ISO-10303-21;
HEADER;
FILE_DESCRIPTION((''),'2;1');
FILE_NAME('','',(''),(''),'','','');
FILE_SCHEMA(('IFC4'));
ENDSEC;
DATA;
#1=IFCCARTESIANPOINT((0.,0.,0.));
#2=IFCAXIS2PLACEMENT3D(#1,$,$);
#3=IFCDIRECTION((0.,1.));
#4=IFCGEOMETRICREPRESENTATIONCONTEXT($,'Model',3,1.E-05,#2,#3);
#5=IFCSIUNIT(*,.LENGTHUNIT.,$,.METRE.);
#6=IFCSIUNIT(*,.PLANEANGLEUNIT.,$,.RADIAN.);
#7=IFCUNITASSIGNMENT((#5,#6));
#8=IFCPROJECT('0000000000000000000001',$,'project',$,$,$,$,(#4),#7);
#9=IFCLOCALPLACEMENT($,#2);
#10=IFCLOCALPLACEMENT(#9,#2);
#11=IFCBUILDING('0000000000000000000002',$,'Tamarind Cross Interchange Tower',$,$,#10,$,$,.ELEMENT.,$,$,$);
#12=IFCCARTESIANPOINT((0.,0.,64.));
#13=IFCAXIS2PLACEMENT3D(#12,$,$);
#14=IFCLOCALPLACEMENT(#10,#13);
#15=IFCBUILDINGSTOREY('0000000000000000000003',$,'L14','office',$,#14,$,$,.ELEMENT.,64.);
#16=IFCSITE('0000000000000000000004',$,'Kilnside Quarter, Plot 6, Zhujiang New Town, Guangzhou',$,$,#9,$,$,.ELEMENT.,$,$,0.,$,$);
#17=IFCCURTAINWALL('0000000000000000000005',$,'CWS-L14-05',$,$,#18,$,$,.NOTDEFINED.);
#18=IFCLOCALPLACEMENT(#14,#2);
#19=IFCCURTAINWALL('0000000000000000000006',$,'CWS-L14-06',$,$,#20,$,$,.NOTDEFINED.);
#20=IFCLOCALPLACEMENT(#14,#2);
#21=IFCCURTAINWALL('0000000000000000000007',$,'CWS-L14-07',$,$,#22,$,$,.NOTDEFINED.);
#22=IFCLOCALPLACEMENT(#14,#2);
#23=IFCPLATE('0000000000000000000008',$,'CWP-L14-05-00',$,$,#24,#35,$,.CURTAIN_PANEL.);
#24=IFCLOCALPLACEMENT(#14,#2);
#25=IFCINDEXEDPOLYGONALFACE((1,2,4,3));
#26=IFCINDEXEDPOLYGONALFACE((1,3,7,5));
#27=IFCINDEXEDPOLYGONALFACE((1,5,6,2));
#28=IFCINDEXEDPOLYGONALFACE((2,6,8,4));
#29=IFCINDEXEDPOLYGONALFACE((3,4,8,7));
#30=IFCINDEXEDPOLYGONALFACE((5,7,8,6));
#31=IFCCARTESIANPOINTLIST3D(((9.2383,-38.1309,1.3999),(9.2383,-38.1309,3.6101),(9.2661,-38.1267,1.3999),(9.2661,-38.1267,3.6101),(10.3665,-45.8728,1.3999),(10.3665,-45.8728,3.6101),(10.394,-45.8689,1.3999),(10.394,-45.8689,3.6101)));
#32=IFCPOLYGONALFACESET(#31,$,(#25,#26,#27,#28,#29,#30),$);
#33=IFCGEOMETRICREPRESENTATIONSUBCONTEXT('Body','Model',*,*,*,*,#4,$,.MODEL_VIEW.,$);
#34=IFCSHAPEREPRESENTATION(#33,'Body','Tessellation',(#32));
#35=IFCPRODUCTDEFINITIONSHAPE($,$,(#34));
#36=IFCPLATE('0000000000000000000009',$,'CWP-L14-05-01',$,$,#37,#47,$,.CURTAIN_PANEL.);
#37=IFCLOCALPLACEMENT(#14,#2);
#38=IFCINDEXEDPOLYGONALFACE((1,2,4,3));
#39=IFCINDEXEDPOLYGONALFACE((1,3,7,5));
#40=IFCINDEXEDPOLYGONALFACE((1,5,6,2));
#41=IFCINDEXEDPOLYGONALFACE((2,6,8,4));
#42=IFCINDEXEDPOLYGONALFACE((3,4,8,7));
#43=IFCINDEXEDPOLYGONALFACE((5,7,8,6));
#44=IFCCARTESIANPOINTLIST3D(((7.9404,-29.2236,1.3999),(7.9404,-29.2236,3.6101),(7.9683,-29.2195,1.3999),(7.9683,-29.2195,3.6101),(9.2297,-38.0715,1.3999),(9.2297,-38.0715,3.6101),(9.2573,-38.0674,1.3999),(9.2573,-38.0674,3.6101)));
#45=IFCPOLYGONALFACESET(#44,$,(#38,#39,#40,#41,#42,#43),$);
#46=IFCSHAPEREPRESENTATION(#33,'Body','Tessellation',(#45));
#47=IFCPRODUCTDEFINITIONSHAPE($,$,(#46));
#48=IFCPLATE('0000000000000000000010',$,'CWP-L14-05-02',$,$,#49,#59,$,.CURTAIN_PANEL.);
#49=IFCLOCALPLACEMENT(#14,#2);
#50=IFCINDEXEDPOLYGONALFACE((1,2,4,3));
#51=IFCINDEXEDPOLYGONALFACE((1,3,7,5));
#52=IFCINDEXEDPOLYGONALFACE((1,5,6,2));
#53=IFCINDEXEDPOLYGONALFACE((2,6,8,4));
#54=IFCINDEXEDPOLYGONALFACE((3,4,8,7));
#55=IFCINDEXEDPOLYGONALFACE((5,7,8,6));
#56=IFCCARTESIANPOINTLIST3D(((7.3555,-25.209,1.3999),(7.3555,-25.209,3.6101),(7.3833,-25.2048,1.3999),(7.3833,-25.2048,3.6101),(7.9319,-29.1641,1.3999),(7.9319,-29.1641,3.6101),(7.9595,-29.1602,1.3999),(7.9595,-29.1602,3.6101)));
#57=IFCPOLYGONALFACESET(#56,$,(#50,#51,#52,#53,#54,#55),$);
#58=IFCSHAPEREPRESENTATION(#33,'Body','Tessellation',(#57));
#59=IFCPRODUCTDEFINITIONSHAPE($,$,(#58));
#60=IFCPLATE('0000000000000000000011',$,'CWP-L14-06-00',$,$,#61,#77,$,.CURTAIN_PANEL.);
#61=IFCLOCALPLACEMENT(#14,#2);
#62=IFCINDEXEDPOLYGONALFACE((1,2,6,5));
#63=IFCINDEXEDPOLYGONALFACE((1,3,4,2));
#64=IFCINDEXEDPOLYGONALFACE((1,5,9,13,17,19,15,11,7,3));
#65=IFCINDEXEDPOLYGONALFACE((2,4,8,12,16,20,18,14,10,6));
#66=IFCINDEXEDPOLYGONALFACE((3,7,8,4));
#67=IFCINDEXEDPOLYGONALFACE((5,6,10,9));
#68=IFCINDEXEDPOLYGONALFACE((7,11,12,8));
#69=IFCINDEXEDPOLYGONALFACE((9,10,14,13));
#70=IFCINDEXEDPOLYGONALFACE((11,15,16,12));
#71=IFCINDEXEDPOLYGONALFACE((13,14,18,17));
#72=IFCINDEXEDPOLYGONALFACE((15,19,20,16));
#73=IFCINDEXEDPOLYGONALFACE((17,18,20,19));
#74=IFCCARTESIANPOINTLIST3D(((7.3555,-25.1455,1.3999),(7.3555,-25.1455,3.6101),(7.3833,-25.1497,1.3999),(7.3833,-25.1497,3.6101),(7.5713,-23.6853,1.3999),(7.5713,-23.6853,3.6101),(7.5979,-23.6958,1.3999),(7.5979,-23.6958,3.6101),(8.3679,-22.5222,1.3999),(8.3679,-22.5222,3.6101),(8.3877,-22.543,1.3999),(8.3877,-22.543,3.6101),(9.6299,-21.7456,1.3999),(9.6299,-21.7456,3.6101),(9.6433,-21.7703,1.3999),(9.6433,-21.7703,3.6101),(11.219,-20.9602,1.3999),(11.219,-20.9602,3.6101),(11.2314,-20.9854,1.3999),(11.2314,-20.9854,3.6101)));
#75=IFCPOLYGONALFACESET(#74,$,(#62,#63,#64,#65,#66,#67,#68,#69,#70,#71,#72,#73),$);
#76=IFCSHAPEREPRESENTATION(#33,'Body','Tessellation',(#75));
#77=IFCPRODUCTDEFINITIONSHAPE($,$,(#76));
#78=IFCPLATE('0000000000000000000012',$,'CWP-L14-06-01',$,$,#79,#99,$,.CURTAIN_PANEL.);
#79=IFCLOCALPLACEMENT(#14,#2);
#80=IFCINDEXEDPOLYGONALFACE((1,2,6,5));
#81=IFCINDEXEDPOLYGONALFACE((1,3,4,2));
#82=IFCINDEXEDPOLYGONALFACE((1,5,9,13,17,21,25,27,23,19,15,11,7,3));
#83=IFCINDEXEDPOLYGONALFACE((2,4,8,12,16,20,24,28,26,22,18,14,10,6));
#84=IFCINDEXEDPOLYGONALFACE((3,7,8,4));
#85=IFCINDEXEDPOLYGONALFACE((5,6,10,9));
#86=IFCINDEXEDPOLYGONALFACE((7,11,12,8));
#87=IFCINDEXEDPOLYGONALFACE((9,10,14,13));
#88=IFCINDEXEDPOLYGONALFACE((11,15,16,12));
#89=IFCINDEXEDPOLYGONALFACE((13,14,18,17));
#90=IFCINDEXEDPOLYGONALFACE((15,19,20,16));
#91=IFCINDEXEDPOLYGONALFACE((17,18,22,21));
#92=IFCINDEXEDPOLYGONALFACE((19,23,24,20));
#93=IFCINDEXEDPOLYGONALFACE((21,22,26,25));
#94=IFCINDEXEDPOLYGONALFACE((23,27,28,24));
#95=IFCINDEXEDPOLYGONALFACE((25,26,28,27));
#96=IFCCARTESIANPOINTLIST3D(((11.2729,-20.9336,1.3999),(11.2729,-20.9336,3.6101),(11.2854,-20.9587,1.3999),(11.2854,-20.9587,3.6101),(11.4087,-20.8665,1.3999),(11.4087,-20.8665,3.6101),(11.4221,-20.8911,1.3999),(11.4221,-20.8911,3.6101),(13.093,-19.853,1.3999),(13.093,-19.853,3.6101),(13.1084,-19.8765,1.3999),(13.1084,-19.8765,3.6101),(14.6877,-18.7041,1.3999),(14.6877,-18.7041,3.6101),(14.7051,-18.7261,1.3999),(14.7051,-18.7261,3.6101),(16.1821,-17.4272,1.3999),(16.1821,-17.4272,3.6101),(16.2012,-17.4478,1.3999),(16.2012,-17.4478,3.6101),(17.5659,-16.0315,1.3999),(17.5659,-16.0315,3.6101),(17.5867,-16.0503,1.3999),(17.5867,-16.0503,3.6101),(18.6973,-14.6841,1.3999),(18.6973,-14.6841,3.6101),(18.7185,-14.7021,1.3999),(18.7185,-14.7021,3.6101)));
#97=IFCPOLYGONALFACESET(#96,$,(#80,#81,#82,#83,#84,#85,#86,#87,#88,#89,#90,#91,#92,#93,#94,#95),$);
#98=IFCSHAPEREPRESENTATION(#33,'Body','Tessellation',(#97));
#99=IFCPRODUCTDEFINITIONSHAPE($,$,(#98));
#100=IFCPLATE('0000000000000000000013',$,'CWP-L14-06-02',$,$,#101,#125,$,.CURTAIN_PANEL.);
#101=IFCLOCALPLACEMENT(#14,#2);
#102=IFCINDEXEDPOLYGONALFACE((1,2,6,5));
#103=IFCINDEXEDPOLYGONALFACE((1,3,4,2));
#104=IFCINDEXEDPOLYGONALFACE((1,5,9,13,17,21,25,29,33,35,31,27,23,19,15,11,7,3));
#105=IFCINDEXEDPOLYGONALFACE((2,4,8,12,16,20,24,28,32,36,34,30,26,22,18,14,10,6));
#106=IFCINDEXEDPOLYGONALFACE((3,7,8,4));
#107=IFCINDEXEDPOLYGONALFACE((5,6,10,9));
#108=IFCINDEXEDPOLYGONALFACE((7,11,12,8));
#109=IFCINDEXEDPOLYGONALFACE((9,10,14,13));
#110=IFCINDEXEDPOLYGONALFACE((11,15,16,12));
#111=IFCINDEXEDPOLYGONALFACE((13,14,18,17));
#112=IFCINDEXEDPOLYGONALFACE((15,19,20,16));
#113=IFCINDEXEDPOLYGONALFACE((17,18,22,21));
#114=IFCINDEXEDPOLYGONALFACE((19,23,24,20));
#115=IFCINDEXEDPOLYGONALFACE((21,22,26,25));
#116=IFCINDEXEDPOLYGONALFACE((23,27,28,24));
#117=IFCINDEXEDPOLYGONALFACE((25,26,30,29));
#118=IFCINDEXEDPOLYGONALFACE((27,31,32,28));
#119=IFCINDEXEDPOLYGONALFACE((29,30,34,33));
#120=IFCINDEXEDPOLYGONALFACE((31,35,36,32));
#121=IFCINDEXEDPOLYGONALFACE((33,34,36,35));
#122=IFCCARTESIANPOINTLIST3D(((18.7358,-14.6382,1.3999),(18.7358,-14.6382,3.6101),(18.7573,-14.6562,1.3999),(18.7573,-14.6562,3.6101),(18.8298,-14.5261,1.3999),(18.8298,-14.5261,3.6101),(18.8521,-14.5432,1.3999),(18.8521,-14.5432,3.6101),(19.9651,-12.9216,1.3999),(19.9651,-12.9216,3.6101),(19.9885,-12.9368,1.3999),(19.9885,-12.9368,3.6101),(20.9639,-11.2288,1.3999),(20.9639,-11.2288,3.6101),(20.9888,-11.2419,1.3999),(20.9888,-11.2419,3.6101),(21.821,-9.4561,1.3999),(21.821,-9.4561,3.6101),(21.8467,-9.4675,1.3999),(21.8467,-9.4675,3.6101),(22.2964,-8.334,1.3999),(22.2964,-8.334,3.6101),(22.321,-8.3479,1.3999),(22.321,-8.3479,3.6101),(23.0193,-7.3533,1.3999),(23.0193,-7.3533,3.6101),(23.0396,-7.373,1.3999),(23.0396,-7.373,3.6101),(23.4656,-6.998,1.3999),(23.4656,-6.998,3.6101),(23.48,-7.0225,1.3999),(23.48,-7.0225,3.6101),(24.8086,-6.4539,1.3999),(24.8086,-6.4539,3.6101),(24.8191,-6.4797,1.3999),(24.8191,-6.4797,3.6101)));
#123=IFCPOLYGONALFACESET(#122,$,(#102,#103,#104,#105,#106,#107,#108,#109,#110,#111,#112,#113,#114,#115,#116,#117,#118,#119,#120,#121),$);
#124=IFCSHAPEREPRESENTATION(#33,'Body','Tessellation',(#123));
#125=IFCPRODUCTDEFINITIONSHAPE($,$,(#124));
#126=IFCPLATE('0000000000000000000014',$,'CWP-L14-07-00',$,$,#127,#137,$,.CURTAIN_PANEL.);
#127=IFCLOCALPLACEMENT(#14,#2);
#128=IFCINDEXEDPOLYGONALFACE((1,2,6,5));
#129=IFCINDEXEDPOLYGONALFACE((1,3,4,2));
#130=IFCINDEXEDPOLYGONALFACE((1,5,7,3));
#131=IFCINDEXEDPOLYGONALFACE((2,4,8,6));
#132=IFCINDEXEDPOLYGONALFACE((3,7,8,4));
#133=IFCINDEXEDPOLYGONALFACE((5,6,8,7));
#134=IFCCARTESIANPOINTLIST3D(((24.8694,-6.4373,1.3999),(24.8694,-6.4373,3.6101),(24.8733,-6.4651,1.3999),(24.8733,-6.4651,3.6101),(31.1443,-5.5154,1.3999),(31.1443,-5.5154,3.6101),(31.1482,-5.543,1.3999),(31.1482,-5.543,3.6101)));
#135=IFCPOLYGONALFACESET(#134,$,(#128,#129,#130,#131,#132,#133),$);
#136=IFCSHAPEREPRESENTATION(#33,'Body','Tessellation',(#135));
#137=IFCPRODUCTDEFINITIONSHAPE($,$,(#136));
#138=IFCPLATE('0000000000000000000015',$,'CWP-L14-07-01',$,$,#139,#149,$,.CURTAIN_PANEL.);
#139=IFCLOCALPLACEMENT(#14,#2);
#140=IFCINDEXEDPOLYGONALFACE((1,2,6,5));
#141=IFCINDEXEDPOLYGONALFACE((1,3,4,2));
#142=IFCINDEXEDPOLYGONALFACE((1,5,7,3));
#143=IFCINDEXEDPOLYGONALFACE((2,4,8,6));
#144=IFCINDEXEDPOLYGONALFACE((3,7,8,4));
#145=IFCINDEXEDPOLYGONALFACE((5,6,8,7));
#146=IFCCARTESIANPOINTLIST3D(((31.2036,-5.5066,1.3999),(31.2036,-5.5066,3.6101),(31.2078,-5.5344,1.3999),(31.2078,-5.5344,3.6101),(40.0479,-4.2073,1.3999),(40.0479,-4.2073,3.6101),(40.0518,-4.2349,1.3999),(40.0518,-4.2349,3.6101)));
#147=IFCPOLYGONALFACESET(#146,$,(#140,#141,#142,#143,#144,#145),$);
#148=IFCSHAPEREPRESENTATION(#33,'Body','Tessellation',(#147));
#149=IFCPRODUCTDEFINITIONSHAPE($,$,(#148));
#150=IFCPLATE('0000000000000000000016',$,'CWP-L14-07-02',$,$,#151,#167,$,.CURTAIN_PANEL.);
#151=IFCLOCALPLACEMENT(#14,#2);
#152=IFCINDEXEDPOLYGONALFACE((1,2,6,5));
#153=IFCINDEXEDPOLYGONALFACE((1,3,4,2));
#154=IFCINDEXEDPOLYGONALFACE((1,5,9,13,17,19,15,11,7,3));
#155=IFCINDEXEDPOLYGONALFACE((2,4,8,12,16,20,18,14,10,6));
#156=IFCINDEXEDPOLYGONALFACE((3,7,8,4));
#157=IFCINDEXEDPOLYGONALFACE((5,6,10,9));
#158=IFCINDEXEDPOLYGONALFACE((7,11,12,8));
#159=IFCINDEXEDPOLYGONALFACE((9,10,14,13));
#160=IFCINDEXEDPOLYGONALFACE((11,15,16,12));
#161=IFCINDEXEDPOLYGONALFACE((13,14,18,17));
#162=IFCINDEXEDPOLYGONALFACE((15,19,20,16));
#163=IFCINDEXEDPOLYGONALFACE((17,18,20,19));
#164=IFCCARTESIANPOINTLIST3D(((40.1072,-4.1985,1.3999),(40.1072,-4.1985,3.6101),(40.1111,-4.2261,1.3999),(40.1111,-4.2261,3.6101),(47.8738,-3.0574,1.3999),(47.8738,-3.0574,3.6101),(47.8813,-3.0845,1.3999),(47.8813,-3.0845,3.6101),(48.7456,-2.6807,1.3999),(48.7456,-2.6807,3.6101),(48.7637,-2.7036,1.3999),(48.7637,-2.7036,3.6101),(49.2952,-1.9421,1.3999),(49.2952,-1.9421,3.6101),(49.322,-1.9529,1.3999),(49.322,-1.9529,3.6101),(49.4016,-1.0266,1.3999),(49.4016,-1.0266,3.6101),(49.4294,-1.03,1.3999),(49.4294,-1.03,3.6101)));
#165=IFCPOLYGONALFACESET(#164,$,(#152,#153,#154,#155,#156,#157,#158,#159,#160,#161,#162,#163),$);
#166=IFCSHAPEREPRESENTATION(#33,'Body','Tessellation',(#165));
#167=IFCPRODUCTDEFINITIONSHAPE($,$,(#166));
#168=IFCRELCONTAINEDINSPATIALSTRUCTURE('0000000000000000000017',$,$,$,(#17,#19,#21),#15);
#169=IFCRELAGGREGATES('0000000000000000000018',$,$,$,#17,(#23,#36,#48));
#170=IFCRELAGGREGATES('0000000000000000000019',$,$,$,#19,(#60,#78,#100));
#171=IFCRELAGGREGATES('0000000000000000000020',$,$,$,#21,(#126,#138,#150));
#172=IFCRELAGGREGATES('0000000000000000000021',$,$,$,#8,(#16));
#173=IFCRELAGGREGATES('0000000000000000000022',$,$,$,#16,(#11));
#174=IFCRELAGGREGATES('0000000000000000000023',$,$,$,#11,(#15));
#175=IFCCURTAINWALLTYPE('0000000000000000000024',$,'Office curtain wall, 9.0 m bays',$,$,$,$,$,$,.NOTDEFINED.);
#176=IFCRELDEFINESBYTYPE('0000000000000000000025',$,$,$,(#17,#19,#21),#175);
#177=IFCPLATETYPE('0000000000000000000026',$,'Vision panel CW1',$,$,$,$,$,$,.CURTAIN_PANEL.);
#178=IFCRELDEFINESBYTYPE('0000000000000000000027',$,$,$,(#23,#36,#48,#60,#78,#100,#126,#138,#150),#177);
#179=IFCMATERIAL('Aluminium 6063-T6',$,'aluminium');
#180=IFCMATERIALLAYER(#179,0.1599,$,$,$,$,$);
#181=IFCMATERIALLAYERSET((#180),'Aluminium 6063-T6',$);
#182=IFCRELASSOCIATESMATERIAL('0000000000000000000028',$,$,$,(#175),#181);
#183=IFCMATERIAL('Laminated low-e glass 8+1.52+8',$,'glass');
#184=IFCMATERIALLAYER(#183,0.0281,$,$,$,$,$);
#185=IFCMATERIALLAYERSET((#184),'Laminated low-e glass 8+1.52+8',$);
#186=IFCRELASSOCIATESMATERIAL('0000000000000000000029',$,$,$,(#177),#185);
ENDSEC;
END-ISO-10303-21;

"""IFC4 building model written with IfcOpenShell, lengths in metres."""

from ifc_helpers import new_model, si_unit, direction, frame, origin, place, context, subcontext, project, spatial, polyline, outline, extrude, material, layer, layer_set, type_object, element, aggregate, save


model = new_model("IFC4")

# Units and contexts
model_context = context("Model", 3, precision=1e-05, world=origin(), true_north=direction((0.0, 1.0)))
body_context = subcontext(model_context, "Body", "Model", "MODEL_VIEW")
ifc_project = project(units=[si_unit("LENGTHUNIT", "METRE"), si_unit("PLANEANGLEUNIT", "RADIAN")], contexts=[model_context])

# Site, building, storey
site_placement = place(None, origin())
site = spatial("IfcSite", under=ifc_project, at=site_placement, Name="Kilnside Quarter, Plot 6, Zhujiang New Town, Guangzhou", CompositionType="ELEMENT", RefElevation=0.0)
building_placement = place(site_placement, origin())
building = spatial("IfcBuilding", under=site, at=building_placement, Name="Tamarind Cross Interchange Tower", CompositionType="ELEMENT")
storey_placement = place(building_placement, frame((0.0, 0.0, 64.0)))
storey = spatial("IfcBuildingStorey", under=building, at=storey_placement, Name="L14", Description="office", CompositionType="ELEMENT", Elevation=64.0)

# Curtain walls
ifc_material_1 = material(Name="Aluminium 6063-T6", Category="aluminium")
ifc_layer_1 = layer(ifc_material_1, 0.1599)
ifc_layer_set_1 = layer_set([ifc_layer_1], Name="Aluminium 6063-T6")
curtain_wall_type = type_object("IfcCurtainWallType", Name="Office curtain wall, 9.0 m bays", PredefinedType="NOTDEFINED", material=ifc_layer_set_1)
curtain_wall_1_placement = place(storey_placement, origin())
curtain_wall_1 = element("IfcCurtainWall", 1, at=curtain_wall_1_placement, inside=storey, type_object=curtain_wall_type, Name="CWS-L14-05", PredefinedType="NOTDEFINED")
curtain_wall_2_placement = place(storey_placement, origin())
curtain_wall_2 = element("IfcCurtainWall", 2, at=curtain_wall_2_placement, inside=storey, type_object=curtain_wall_type, Name="CWS-L14-06", PredefinedType="NOTDEFINED")
curtain_wall_3_placement = place(storey_placement, origin())
curtain_wall_3 = element("IfcCurtainWall", 3, at=curtain_wall_3_placement, inside=storey, type_object=curtain_wall_type, Name="CWS-L14-07", PredefinedType="NOTDEFINED")

# Plates
ifc_material_2 = material(Name="Laminated low-e glass 8+1.52+8", Category="glass")
ifc_layer_2 = layer(ifc_material_2, 0.0281)
ifc_layer_set_2 = layer_set([ifc_layer_2], Name="Laminated low-e glass 8+1.52+8")
plate_type = type_object("IfcPlateType", Name="Vision panel CW1", PredefinedType="CURTAIN_PANEL", material=ifc_layer_set_2)
plate_1_placement = place(storey_placement, frame((0.0, 0.0, 1.3999)))
plate_1 = element("IfcPlate", 4, at=plate_1_placement, type_object=plate_type, Name="CWP-L14-05-00", PredefinedType="CURTAIN_PANEL", context=body_context, shape_type="SweptSolid", body=[
    extrude(outline(polyline([(10.3665, -45.8728), (9.2383, -38.1309), (9.2661, -38.1267), (10.394, -45.8689), (10.3665, -45.8728)])), origin(), (0.0, 0.0, 1.0), 2.2102),
])
plate_2_placement = place(storey_placement, frame((0.0, 0.0, 1.3999)))
plate_2 = element("IfcPlate", 5, at=plate_2_placement, type_object=plate_type, Name="CWP-L14-05-01", PredefinedType="CURTAIN_PANEL", context=body_context, shape_type="SweptSolid", body=[
    extrude(outline(polyline([(9.2297, -38.0715), (7.9404, -29.2236), (7.9683, -29.2195), (9.2573, -38.0674), (9.2297, -38.0715)])), origin(), (0.0, 0.0, 1.0), 2.2102),
])
plate_3_placement = place(storey_placement, frame((0.0, 0.0, 1.3999)))
plate_3 = element("IfcPlate", 6, at=plate_3_placement, type_object=plate_type, Name="CWP-L14-05-02", PredefinedType="CURTAIN_PANEL", context=body_context, shape_type="SweptSolid", body=[
    extrude(outline(polyline([(7.9319, -29.1641), (7.3555, -25.209), (7.3833, -25.2048), (7.9595, -29.1602), (7.9319, -29.1641)])), origin(), (0.0, 0.0, 1.0), 2.2102),
])
aggregate(curtain_wall_1, [plate_1, plate_2, plate_3])
plate_4_placement = place(storey_placement, frame((0.0, 0.0, 1.3999)))
plate_4 = element("IfcPlate", 7, at=plate_4_placement, type_object=plate_type, Name="CWP-L14-06-00", PredefinedType="CURTAIN_PANEL", context=body_context, shape_type="SweptSolid", body=[
    extrude(outline(polyline([(7.3555, -25.1455), (7.5713, -23.6853), (8.3679, -22.5222), (9.6299, -21.7456), (11.219, -20.9602), (11.2314, -20.9854), (9.6433, -21.7703), (8.3877, -22.543), (7.5979, -23.6958), (7.3833, -25.1497), (7.3555, -25.1455)])), origin(), (0.0, 0.0, 1.0), 2.2102),
])
plate_5_placement = place(storey_placement, frame((0.0, 0.0, 1.3999)))
plate_5 = element("IfcPlate", 8, at=plate_5_placement, type_object=plate_type, Name="CWP-L14-06-01", PredefinedType="CURTAIN_PANEL", context=body_context, shape_type="SweptSolid", body=[
    extrude(outline(polyline([(11.2729, -20.9336), (11.4087, -20.8665), (13.093, -19.853), (14.6877, -18.7041), (16.1821, -17.4272), (17.5659, -16.0315), (18.6973, -14.6841), (18.7185, -14.7021), (17.5867, -16.0503), (16.2012, -17.4478), (14.7051, -18.7261), (13.1084, -19.8765), (11.4221, -20.8911), (11.2854, -20.9587), (11.2729, -20.9336)])), origin(), (0.0, 0.0, 1.0), 2.2102),
])
plate_6_placement = place(storey_placement, frame((0.0, 0.0, 1.3999)))
plate_6 = element("IfcPlate", 9, at=plate_6_placement, type_object=plate_type, Name="CWP-L14-06-02", PredefinedType="CURTAIN_PANEL", context=body_context, shape_type="SweptSolid", body=[
    extrude(outline(polyline([(18.7358, -14.6382), (18.8298, -14.5261), (19.9651, -12.9216), (20.9639, -11.2288), (21.821, -9.4561), (22.2964, -8.334), (23.0193, -7.3533), (23.4656, -6.998), (24.8086, -6.4539), (24.8191, -6.4797), (23.48, -7.0225), (23.0396, -7.373), (22.321, -8.3479), (21.8467, -9.4675), (20.9888, -11.2419), (19.9885, -12.9368), (18.8521, -14.5432), (18.7573, -14.6562), (18.7358, -14.6382)])), origin(), (0.0, 0.0, 1.0), 2.2102),
])
aggregate(curtain_wall_2, [plate_4, plate_5, plate_6])
plate_7_placement = place(storey_placement, frame((0.0, 0.0, 1.3999)))
plate_7 = element("IfcPlate", 10, at=plate_7_placement, type_object=plate_type, Name="CWP-L14-07-00", PredefinedType="CURTAIN_PANEL", context=body_context, shape_type="SweptSolid", body=[
    extrude(outline(polyline([(24.8694, -6.4373), (31.1443, -5.5154), (31.1482, -5.543), (24.8733, -6.4651), (24.8694, -6.4373)])), origin(), (0.0, 0.0, 1.0), 2.2102),
])
plate_8_placement = place(storey_placement, frame((0.0, 0.0, 1.3999)))
plate_8 = element("IfcPlate", 11, at=plate_8_placement, type_object=plate_type, Name="CWP-L14-07-01", PredefinedType="CURTAIN_PANEL", context=body_context, shape_type="SweptSolid", body=[
    extrude(outline(polyline([(31.2036, -5.5066), (40.0479, -4.2073), (40.0518, -4.2349), (31.2078, -5.5344), (31.2036, -5.5066)])), origin(), (0.0, 0.0, 1.0), 2.2102),
])
plate_9_placement = place(storey_placement, frame((0.0, 0.0, 1.3999)))
plate_9 = element("IfcPlate", 12, at=plate_9_placement, type_object=plate_type, Name="CWP-L14-07-02", PredefinedType="CURTAIN_PANEL", context=body_context, shape_type="SweptSolid", body=[
    extrude(outline(polyline([(40.1072, -4.1985), (47.8738, -3.0574), (48.7456, -2.6807), (49.2952, -1.9421), (49.4016, -1.0266), (49.4294, -1.03), (49.322, -1.9529), (48.7637, -2.7036), (47.8813, -3.0845), (40.1111, -4.2261), (40.1072, -4.1985)])), origin(), (0.0, 0.0, 1.0), 2.2102),
])
aggregate(curtain_wall_3, [plate_7, plate_8, plate_9])

save(model, "model.ifc")
